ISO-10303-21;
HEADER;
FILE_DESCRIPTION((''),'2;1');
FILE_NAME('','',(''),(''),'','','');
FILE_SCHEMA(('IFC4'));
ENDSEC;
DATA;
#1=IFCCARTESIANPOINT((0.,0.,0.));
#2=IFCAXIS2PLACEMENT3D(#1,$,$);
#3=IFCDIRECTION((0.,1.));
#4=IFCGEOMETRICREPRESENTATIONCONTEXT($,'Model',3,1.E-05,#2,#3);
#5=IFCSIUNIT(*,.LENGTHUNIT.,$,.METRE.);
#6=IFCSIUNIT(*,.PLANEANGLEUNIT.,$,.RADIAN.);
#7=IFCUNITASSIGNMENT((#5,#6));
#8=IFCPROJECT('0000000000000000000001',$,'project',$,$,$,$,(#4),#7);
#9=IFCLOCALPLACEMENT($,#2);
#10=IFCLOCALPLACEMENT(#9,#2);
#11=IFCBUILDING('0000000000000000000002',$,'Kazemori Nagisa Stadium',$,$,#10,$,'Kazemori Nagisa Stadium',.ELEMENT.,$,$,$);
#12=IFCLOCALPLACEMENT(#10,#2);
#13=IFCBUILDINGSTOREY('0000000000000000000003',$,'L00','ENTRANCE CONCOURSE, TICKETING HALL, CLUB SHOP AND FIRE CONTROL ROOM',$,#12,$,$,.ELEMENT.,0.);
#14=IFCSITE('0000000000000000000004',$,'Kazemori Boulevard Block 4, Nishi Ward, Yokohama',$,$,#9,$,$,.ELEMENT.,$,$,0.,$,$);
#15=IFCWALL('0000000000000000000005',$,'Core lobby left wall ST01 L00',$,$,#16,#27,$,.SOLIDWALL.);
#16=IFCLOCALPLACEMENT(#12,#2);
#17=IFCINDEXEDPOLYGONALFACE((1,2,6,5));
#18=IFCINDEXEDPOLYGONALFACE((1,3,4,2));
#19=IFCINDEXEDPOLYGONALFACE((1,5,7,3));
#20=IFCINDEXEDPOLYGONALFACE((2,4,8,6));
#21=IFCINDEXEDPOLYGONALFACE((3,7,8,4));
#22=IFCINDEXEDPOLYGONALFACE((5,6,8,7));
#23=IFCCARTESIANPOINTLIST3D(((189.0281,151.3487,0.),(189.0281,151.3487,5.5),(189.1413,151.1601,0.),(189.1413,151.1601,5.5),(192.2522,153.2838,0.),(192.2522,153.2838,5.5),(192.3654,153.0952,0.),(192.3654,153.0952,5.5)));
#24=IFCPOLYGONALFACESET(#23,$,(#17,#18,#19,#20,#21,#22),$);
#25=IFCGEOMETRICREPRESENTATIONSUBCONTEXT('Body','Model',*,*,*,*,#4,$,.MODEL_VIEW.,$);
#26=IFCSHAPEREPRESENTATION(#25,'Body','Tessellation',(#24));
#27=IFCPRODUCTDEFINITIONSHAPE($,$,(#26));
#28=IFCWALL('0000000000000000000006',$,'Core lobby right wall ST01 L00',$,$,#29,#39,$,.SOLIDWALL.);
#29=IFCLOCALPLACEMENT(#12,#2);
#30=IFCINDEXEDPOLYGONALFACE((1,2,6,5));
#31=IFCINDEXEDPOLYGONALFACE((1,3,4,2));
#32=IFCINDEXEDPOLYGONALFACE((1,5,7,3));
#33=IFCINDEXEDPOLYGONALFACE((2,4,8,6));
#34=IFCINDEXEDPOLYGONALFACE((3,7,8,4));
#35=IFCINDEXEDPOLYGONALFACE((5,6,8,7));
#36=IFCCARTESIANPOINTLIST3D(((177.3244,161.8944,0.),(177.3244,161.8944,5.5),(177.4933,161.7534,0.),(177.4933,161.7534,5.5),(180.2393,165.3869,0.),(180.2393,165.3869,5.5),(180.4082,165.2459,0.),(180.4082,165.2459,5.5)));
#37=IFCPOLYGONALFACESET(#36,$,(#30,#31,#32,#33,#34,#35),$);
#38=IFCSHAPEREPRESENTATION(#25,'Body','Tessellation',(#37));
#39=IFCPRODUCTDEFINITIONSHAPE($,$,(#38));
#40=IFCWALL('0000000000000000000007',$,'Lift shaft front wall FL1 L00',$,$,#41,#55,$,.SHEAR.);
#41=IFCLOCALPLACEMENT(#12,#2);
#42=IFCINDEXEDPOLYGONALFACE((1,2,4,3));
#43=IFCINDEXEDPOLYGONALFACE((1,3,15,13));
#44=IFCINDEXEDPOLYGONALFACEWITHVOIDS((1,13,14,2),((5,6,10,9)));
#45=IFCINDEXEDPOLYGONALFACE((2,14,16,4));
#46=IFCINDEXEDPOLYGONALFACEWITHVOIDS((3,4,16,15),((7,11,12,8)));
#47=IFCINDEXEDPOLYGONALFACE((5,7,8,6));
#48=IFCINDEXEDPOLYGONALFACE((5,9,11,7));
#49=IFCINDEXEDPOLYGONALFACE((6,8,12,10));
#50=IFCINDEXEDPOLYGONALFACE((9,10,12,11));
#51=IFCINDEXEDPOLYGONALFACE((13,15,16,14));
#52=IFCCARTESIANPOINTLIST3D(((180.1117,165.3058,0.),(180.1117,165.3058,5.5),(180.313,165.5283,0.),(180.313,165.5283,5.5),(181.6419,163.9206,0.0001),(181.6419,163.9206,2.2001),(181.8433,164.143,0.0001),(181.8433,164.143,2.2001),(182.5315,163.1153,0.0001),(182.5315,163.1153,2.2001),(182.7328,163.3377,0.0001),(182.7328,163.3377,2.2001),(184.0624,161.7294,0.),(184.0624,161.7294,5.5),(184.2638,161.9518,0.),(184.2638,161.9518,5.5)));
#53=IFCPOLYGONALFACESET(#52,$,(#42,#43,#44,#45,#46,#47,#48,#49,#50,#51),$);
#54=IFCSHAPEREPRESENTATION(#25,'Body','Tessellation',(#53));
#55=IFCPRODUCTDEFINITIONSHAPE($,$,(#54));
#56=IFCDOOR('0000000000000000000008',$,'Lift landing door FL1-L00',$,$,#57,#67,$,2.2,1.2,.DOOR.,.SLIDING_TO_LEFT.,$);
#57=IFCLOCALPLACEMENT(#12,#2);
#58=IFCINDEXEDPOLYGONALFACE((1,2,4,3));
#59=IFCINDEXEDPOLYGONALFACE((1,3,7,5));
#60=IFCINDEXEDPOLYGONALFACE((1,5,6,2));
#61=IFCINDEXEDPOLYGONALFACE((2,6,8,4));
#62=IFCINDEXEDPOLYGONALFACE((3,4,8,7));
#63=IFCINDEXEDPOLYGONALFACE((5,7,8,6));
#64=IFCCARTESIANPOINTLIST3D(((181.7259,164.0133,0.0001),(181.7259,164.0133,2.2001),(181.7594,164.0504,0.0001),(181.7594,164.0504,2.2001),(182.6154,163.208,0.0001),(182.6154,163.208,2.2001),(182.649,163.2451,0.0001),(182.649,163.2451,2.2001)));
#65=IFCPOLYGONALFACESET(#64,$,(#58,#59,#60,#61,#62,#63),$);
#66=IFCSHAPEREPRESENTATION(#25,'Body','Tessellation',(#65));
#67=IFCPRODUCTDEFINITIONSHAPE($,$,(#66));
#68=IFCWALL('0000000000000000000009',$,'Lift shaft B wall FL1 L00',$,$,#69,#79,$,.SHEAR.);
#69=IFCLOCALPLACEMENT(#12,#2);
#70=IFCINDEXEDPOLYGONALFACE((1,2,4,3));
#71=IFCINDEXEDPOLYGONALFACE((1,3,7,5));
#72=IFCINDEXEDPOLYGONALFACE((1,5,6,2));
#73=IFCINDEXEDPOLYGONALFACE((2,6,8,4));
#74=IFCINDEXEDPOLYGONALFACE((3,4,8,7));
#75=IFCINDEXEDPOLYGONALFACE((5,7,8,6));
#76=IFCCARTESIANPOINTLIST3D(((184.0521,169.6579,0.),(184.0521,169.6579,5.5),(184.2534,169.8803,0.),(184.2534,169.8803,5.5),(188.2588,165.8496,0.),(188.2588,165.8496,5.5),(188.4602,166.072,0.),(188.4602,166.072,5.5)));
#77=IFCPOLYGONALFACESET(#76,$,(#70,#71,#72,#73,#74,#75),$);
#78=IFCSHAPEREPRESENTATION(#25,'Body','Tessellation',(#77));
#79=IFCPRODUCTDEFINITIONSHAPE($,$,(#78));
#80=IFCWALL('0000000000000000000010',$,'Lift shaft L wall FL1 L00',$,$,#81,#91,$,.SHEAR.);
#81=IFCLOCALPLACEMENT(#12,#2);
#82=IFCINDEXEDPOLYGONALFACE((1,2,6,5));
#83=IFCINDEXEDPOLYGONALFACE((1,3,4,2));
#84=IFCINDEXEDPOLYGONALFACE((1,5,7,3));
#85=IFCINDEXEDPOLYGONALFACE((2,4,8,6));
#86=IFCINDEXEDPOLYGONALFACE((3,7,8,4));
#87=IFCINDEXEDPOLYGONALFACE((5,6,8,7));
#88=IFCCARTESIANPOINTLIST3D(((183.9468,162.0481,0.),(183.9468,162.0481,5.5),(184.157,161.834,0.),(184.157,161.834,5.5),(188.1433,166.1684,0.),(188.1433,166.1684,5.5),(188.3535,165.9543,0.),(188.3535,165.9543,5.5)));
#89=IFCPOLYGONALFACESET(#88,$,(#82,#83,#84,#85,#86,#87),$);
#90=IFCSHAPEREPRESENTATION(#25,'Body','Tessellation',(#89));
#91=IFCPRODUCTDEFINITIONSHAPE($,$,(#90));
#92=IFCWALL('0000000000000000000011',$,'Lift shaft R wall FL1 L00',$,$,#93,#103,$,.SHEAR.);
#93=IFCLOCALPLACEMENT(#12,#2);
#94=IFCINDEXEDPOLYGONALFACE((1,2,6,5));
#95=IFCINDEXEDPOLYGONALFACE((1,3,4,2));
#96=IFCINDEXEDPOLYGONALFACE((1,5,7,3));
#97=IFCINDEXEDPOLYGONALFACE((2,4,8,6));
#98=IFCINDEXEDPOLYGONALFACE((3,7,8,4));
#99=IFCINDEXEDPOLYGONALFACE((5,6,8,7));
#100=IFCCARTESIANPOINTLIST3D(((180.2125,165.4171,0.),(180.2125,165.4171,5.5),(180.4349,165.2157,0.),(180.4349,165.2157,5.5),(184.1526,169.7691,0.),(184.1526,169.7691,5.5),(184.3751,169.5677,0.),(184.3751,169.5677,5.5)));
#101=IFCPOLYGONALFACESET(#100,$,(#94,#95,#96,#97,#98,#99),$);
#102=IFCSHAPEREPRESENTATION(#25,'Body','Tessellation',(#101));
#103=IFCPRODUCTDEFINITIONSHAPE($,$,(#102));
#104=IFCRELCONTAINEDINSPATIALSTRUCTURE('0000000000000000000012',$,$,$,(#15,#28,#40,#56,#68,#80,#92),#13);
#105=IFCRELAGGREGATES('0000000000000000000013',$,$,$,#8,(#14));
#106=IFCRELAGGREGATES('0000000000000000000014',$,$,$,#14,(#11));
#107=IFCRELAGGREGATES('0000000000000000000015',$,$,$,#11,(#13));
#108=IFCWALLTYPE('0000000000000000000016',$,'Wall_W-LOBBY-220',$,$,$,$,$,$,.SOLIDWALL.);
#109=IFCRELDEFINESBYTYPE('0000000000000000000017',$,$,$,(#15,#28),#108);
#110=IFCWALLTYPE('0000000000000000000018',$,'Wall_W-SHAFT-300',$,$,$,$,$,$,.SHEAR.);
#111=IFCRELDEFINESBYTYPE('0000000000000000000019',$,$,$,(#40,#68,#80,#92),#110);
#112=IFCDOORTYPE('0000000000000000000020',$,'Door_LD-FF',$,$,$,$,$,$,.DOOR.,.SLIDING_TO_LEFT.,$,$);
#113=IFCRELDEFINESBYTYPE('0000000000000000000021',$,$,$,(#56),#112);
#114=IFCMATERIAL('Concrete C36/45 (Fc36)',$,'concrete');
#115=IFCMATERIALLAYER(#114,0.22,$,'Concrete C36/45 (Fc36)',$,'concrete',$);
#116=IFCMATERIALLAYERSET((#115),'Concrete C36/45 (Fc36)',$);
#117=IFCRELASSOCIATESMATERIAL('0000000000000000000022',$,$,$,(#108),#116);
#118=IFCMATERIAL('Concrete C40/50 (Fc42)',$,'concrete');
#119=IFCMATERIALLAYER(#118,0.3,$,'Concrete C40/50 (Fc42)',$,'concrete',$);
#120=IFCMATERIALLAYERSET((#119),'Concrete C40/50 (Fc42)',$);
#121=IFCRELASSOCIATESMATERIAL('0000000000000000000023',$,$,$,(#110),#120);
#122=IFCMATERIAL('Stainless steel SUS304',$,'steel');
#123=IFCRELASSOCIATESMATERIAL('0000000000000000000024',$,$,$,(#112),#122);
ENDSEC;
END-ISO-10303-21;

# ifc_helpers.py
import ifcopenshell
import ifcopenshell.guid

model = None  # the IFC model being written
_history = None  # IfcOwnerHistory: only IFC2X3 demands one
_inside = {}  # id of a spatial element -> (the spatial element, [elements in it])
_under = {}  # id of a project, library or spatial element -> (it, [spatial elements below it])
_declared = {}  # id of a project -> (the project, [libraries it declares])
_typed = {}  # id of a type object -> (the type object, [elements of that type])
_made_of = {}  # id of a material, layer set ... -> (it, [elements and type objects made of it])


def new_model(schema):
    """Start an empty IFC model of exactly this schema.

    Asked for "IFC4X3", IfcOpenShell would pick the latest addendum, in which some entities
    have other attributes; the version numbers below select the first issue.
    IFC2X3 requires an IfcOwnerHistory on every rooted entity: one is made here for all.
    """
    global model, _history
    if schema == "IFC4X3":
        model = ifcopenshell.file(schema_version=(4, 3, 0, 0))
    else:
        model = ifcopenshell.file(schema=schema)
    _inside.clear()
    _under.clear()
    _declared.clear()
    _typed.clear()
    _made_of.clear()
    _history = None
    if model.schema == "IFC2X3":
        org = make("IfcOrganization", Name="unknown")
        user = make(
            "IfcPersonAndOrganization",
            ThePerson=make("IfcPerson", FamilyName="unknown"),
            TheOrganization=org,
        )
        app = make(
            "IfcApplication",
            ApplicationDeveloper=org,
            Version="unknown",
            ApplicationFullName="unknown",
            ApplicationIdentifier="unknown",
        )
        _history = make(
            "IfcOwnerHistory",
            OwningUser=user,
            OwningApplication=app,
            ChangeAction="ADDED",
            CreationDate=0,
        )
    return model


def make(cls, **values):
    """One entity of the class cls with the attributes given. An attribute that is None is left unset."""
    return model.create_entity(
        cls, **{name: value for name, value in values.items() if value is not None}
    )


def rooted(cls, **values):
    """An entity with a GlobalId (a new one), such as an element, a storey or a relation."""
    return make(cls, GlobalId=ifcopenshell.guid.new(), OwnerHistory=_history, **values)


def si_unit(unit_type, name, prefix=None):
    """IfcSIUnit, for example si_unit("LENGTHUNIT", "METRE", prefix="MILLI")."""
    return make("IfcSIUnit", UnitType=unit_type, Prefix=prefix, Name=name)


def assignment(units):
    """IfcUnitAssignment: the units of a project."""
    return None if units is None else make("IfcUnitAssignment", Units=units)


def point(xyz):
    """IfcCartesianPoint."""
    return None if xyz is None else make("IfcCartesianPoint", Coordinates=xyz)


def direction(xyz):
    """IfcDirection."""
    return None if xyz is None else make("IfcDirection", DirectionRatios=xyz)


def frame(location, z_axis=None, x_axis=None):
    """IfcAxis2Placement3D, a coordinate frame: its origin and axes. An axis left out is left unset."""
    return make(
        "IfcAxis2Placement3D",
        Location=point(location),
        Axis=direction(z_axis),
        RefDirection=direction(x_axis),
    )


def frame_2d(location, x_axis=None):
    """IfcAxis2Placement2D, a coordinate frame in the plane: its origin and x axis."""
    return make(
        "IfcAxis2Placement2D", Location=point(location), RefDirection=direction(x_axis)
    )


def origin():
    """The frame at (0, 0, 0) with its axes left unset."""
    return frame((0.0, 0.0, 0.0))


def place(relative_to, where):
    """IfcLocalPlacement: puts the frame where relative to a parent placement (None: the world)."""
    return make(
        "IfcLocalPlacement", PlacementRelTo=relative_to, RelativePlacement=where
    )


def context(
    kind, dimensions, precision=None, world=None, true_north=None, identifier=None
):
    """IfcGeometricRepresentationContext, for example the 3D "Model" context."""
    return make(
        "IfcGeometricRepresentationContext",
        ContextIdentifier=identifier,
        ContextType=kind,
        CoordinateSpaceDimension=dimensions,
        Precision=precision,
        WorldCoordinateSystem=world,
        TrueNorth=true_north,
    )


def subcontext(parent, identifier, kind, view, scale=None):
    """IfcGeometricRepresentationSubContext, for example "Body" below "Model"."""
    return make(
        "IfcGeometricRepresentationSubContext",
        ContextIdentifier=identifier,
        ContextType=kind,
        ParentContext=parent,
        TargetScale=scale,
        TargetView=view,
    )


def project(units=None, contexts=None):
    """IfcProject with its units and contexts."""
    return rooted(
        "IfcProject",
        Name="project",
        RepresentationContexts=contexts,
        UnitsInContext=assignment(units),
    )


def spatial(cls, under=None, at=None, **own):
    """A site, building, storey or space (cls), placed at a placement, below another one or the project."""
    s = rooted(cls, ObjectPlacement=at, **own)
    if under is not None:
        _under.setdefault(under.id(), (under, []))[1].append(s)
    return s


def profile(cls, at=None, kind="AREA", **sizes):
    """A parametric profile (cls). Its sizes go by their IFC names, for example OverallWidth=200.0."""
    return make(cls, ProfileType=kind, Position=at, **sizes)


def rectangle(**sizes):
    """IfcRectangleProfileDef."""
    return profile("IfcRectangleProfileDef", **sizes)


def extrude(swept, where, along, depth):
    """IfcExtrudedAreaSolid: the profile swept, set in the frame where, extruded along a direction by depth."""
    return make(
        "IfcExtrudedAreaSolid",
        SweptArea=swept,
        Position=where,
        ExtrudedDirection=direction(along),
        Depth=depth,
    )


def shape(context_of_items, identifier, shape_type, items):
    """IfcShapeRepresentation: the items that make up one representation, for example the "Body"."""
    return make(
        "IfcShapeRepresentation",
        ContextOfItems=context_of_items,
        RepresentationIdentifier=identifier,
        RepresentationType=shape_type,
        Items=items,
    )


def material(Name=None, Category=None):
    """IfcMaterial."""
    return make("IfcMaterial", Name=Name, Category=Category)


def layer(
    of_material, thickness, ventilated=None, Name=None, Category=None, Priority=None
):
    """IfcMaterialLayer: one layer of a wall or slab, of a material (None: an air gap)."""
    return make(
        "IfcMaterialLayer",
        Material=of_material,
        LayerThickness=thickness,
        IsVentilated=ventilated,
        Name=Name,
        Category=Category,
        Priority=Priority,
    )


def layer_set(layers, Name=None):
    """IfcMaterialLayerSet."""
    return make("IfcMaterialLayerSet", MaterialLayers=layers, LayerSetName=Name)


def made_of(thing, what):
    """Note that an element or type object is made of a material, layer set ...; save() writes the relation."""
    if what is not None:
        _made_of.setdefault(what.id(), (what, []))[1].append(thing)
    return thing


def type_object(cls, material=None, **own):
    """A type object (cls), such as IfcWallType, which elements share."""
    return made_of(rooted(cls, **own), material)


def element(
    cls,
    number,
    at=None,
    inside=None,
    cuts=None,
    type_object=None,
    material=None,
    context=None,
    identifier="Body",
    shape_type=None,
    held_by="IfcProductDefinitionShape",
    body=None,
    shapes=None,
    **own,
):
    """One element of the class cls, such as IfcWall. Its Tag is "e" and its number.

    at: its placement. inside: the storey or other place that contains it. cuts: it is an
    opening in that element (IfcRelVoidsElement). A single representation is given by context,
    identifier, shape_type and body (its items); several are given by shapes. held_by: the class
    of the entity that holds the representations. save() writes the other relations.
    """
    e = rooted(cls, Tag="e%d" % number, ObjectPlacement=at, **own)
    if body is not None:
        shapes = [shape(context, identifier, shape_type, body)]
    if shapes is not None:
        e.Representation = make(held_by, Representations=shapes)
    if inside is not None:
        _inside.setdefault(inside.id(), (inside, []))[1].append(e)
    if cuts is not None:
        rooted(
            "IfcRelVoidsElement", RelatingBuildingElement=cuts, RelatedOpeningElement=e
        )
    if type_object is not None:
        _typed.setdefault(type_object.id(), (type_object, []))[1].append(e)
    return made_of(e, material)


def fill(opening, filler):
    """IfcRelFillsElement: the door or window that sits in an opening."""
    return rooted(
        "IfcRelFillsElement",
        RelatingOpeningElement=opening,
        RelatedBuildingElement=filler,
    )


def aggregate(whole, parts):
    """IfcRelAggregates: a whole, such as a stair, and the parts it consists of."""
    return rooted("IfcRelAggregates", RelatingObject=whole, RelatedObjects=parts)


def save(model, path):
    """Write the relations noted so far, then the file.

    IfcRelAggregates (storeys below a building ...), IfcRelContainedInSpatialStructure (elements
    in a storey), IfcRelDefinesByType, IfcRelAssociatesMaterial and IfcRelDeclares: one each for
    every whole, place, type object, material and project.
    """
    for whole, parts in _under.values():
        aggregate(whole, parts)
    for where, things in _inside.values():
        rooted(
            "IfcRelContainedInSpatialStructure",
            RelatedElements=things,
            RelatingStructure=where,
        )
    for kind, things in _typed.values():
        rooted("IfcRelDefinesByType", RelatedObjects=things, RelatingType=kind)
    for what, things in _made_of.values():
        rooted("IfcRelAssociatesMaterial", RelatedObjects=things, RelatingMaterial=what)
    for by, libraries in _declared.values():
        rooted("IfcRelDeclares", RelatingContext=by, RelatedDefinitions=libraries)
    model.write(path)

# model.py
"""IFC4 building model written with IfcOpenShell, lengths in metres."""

from ifc_helpers import new_model, si_unit, direction, frame, frame_2d, origin, place, context, subcontext, project, spatial, rectangle, extrude, material, layer, layer_set, type_object, element, fill, save


model = new_model("IFC4")

# Units and contexts
model_context = context("Model", 3, precision=1e-05, world=origin(), true_north=direction((0.0, 1.0)))
body_context = subcontext(model_context, "Body", "Model", "MODEL_VIEW")
ifc_project = project(units=[si_unit("LENGTHUNIT", "METRE"), si_unit("PLANEANGLEUNIT", "RADIAN")], contexts=[model_context])

# Site, building, storey
site_placement = place(None, origin())
site = spatial("IfcSite", under=ifc_project, at=site_placement, Name="Kazemori Boulevard Block 4, Nishi Ward, Yokohama", CompositionType="ELEMENT", RefElevation=0.0)
building_placement = place(site_placement, origin())
building = spatial("IfcBuilding", under=site, at=building_placement, Name="Kazemori Nagisa Stadium", LongName="Kazemori Nagisa Stadium", CompositionType="ELEMENT")
storey_placement = place(building_placement, origin())
storey = spatial("IfcBuildingStorey", under=building, at=storey_placement, Name="L00", Description="ENTRANCE CONCOURSE, TICKETING HALL, CLUB SHOP AND FIRE CONTROL ROOM", CompositionType="ELEMENT", Elevation=0.0)

# Shared definitions
ifc_material_1 = material(Name="Concrete C40/50 (Fc42)", Category="concrete")

# Shared definitions
ifc_material_2 = material(Name="Concrete C36/45 (Fc36)", Category="concrete")
ifc_layer_1 = layer(ifc_material_2, 0.22, Name="Concrete C36/45 (Fc36)", Category="concrete")
ifc_layer_set_1 = layer_set([ifc_layer_1], Name="Concrete C36/45 (Fc36)")
wall_type_1 = type_object("IfcWallType", Name="Wall_W-LOBBY-220", PredefinedType="SOLIDWALL", material=ifc_layer_set_1)

# Walls
wall_1_placement = place(storey_placement, frame((189.0847, 151.2544, 0.0), z_axis=(0.0, 0.0, 1.0), x_axis=(0.857424, 0.51461, 0.0)))
element("IfcWall", 1, at=wall_1_placement, inside=storey, type_object=wall_type_1, Name="Core lobby left wall ST01 L00", PredefinedType="SOLIDWALL", context=body_context, shape_type="SweptSolid", body=[
    extrude(rectangle(XDim=3.7603, YDim=0.22, at=frame_2d((1.8801, 0.0))), origin(), (0.0, 0.0, 1.0), 5.5),
])
wall_2_placement = place(storey_placement, frame((177.4089, 161.824, 0.0), z_axis=(0.0, 0.0, 1.0), x_axis=(0.64076, 0.767742, 0.0)))
element("IfcWall", 2, at=wall_2_placement, inside=storey, type_object=wall_type_1, Name="Core lobby right wall ST01 L00", PredefinedType="SOLIDWALL", context=body_context, shape_type="SweptSolid", body=[
    extrude(rectangle(XDim=4.5491, YDim=0.22, at=frame_2d((2.2744, 0.0))), origin(), (0.0, 0.0, 1.0), 5.5),
])

# Wall, opening, door
ifc_layer_2 = layer(ifc_material_1, 0.3, Name="Concrete C40/50 (Fc42)", Category="concrete")
ifc_layer_set_2 = layer_set([ifc_layer_2], Name="Concrete C40/50 (Fc42)")
wall_type_2 = type_object("IfcWallType", Name="Wall_W-SHAFT-300", PredefinedType="SHEAR", material=ifc_layer_set_2)
wall_3_placement = place(storey_placement, frame((184.1631, 161.8406, 0.0), z_axis=(0.0, 0.0, 1.0), x_axis=(-0.74135, 0.671118, 0.0)))
wall_3 = element("IfcWall", 3, at=wall_3_placement, inside=storey, type_object=wall_type_2, Name="Lift shaft front wall FL1 L00", PredefinedType="SHEAR", context=body_context, shape_type="SweptSolid", body=[
    extrude(rectangle(XDim=5.3291, YDim=0.3, at=frame_2d((2.6646, 0.0))), origin(), (0.0, 0.0, 1.0), 5.5),
])
opening_1_placement = place(wall_3_placement, frame((2.0649, 0.0, 0.0)))
opening_1 = element("IfcOpeningElement", 4, at=opening_1_placement, cuts=wall_3, PredefinedType="OPENING", context=body_context, shape_type="SweptSolid", body=[
    extrude(rectangle(XDim=1.2, YDim=2.2, at=frame_2d((0.6001, 1.1001))), frame((0.0, 0.1599, 0.0), z_axis=(0.0, -1.0, 0.0), x_axis=(1.0, 0.0, 0.0)), (0.0, 0.0, 1.0), 0.3201),
])
ifc_material_3 = material(Name="Stainless steel SUS304", Category="steel")
door_type_1 = type_object("IfcDoorType", Name="Door_LD-FF", OperationType="SLIDING_TO_LEFT", PredefinedType="DOOR", material=ifc_material_3)
door_1_placement = place(opening_1_placement, origin())
door_1 = element("IfcDoor", 5, at=door_1_placement, inside=storey, type_object=door_type_1, Name="Lift landing door FL1-L00", OperationType="SLIDING_TO_LEFT", OverallHeight=2.2, OverallWidth=1.2, PredefinedType="DOOR", context=body_context, shape_type="SweptSolid", body=[
    extrude(rectangle(XDim=1.2, YDim=2.2, at=frame_2d((0.6001, 1.1001))), frame((0.0, 0.0249, 0.0), z_axis=(0.0, -1.0, 0.0), x_axis=(1.0, 0.0, 0.0)), (0.0, 0.0, 1.0), 0.05),
])
fill(opening_1, door_1)

# Walls
wall_4_placement = place(storey_placement, frame((188.3596, 165.9607, 0.0), z_axis=(0.0, 0.0, 1.0), x_axis=(-0.741342, 0.671127, 0.0)))
element("IfcWall", 6, at=wall_4_placement, inside=storey, type_object=wall_type_2, Name="Lift shaft B wall FL1 L00", PredefinedType="SHEAR", context=body_context, shape_type="SweptSolid", body=[
    extrude(rectangle(XDim=5.6746, YDim=0.3, at=frame_2d((2.8374, 0.0))), origin(), (0.0, 0.0, 1.0), 5.5),
])
wall_5_placement = place(storey_placement, frame((184.052, 161.9412, 0.0), z_axis=(0.0, 0.0, 1.0), x_axis=(0.713553, 0.700601, 0.0)))
element("IfcWall", 7, at=wall_5_placement, inside=storey, type_object=wall_type_2, Name="Lift shaft L wall FL1 L00", PredefinedType="SHEAR", context=body_context, shape_type="SweptSolid", body=[
    extrude(rectangle(XDim=5.8811, YDim=0.3, at=frame_2d((2.9404, 0.0))), origin(), (0.0, 0.0, 1.0), 5.5),
])
wall_6_placement = place(storey_placement, frame((180.3237, 165.3164, 0.0), z_axis=(0.0, 0.0, 1.0), x_axis=(0.671158, 0.741314, 0.0)))
element("IfcWall", 8, at=wall_6_placement, inside=storey, type_object=wall_type_2, Name="Lift shaft R wall FL1 L00", PredefinedType="SHEAR", context=body_context, shape_type="SweptSolid", body=[
    extrude(rectangle(XDim=5.8706, YDim=0.3, at=frame_2d((2.9353, 0.0))), origin(), (0.0, 0.0, 1.0), 5.5),
])

save(model, "model.ifc")
